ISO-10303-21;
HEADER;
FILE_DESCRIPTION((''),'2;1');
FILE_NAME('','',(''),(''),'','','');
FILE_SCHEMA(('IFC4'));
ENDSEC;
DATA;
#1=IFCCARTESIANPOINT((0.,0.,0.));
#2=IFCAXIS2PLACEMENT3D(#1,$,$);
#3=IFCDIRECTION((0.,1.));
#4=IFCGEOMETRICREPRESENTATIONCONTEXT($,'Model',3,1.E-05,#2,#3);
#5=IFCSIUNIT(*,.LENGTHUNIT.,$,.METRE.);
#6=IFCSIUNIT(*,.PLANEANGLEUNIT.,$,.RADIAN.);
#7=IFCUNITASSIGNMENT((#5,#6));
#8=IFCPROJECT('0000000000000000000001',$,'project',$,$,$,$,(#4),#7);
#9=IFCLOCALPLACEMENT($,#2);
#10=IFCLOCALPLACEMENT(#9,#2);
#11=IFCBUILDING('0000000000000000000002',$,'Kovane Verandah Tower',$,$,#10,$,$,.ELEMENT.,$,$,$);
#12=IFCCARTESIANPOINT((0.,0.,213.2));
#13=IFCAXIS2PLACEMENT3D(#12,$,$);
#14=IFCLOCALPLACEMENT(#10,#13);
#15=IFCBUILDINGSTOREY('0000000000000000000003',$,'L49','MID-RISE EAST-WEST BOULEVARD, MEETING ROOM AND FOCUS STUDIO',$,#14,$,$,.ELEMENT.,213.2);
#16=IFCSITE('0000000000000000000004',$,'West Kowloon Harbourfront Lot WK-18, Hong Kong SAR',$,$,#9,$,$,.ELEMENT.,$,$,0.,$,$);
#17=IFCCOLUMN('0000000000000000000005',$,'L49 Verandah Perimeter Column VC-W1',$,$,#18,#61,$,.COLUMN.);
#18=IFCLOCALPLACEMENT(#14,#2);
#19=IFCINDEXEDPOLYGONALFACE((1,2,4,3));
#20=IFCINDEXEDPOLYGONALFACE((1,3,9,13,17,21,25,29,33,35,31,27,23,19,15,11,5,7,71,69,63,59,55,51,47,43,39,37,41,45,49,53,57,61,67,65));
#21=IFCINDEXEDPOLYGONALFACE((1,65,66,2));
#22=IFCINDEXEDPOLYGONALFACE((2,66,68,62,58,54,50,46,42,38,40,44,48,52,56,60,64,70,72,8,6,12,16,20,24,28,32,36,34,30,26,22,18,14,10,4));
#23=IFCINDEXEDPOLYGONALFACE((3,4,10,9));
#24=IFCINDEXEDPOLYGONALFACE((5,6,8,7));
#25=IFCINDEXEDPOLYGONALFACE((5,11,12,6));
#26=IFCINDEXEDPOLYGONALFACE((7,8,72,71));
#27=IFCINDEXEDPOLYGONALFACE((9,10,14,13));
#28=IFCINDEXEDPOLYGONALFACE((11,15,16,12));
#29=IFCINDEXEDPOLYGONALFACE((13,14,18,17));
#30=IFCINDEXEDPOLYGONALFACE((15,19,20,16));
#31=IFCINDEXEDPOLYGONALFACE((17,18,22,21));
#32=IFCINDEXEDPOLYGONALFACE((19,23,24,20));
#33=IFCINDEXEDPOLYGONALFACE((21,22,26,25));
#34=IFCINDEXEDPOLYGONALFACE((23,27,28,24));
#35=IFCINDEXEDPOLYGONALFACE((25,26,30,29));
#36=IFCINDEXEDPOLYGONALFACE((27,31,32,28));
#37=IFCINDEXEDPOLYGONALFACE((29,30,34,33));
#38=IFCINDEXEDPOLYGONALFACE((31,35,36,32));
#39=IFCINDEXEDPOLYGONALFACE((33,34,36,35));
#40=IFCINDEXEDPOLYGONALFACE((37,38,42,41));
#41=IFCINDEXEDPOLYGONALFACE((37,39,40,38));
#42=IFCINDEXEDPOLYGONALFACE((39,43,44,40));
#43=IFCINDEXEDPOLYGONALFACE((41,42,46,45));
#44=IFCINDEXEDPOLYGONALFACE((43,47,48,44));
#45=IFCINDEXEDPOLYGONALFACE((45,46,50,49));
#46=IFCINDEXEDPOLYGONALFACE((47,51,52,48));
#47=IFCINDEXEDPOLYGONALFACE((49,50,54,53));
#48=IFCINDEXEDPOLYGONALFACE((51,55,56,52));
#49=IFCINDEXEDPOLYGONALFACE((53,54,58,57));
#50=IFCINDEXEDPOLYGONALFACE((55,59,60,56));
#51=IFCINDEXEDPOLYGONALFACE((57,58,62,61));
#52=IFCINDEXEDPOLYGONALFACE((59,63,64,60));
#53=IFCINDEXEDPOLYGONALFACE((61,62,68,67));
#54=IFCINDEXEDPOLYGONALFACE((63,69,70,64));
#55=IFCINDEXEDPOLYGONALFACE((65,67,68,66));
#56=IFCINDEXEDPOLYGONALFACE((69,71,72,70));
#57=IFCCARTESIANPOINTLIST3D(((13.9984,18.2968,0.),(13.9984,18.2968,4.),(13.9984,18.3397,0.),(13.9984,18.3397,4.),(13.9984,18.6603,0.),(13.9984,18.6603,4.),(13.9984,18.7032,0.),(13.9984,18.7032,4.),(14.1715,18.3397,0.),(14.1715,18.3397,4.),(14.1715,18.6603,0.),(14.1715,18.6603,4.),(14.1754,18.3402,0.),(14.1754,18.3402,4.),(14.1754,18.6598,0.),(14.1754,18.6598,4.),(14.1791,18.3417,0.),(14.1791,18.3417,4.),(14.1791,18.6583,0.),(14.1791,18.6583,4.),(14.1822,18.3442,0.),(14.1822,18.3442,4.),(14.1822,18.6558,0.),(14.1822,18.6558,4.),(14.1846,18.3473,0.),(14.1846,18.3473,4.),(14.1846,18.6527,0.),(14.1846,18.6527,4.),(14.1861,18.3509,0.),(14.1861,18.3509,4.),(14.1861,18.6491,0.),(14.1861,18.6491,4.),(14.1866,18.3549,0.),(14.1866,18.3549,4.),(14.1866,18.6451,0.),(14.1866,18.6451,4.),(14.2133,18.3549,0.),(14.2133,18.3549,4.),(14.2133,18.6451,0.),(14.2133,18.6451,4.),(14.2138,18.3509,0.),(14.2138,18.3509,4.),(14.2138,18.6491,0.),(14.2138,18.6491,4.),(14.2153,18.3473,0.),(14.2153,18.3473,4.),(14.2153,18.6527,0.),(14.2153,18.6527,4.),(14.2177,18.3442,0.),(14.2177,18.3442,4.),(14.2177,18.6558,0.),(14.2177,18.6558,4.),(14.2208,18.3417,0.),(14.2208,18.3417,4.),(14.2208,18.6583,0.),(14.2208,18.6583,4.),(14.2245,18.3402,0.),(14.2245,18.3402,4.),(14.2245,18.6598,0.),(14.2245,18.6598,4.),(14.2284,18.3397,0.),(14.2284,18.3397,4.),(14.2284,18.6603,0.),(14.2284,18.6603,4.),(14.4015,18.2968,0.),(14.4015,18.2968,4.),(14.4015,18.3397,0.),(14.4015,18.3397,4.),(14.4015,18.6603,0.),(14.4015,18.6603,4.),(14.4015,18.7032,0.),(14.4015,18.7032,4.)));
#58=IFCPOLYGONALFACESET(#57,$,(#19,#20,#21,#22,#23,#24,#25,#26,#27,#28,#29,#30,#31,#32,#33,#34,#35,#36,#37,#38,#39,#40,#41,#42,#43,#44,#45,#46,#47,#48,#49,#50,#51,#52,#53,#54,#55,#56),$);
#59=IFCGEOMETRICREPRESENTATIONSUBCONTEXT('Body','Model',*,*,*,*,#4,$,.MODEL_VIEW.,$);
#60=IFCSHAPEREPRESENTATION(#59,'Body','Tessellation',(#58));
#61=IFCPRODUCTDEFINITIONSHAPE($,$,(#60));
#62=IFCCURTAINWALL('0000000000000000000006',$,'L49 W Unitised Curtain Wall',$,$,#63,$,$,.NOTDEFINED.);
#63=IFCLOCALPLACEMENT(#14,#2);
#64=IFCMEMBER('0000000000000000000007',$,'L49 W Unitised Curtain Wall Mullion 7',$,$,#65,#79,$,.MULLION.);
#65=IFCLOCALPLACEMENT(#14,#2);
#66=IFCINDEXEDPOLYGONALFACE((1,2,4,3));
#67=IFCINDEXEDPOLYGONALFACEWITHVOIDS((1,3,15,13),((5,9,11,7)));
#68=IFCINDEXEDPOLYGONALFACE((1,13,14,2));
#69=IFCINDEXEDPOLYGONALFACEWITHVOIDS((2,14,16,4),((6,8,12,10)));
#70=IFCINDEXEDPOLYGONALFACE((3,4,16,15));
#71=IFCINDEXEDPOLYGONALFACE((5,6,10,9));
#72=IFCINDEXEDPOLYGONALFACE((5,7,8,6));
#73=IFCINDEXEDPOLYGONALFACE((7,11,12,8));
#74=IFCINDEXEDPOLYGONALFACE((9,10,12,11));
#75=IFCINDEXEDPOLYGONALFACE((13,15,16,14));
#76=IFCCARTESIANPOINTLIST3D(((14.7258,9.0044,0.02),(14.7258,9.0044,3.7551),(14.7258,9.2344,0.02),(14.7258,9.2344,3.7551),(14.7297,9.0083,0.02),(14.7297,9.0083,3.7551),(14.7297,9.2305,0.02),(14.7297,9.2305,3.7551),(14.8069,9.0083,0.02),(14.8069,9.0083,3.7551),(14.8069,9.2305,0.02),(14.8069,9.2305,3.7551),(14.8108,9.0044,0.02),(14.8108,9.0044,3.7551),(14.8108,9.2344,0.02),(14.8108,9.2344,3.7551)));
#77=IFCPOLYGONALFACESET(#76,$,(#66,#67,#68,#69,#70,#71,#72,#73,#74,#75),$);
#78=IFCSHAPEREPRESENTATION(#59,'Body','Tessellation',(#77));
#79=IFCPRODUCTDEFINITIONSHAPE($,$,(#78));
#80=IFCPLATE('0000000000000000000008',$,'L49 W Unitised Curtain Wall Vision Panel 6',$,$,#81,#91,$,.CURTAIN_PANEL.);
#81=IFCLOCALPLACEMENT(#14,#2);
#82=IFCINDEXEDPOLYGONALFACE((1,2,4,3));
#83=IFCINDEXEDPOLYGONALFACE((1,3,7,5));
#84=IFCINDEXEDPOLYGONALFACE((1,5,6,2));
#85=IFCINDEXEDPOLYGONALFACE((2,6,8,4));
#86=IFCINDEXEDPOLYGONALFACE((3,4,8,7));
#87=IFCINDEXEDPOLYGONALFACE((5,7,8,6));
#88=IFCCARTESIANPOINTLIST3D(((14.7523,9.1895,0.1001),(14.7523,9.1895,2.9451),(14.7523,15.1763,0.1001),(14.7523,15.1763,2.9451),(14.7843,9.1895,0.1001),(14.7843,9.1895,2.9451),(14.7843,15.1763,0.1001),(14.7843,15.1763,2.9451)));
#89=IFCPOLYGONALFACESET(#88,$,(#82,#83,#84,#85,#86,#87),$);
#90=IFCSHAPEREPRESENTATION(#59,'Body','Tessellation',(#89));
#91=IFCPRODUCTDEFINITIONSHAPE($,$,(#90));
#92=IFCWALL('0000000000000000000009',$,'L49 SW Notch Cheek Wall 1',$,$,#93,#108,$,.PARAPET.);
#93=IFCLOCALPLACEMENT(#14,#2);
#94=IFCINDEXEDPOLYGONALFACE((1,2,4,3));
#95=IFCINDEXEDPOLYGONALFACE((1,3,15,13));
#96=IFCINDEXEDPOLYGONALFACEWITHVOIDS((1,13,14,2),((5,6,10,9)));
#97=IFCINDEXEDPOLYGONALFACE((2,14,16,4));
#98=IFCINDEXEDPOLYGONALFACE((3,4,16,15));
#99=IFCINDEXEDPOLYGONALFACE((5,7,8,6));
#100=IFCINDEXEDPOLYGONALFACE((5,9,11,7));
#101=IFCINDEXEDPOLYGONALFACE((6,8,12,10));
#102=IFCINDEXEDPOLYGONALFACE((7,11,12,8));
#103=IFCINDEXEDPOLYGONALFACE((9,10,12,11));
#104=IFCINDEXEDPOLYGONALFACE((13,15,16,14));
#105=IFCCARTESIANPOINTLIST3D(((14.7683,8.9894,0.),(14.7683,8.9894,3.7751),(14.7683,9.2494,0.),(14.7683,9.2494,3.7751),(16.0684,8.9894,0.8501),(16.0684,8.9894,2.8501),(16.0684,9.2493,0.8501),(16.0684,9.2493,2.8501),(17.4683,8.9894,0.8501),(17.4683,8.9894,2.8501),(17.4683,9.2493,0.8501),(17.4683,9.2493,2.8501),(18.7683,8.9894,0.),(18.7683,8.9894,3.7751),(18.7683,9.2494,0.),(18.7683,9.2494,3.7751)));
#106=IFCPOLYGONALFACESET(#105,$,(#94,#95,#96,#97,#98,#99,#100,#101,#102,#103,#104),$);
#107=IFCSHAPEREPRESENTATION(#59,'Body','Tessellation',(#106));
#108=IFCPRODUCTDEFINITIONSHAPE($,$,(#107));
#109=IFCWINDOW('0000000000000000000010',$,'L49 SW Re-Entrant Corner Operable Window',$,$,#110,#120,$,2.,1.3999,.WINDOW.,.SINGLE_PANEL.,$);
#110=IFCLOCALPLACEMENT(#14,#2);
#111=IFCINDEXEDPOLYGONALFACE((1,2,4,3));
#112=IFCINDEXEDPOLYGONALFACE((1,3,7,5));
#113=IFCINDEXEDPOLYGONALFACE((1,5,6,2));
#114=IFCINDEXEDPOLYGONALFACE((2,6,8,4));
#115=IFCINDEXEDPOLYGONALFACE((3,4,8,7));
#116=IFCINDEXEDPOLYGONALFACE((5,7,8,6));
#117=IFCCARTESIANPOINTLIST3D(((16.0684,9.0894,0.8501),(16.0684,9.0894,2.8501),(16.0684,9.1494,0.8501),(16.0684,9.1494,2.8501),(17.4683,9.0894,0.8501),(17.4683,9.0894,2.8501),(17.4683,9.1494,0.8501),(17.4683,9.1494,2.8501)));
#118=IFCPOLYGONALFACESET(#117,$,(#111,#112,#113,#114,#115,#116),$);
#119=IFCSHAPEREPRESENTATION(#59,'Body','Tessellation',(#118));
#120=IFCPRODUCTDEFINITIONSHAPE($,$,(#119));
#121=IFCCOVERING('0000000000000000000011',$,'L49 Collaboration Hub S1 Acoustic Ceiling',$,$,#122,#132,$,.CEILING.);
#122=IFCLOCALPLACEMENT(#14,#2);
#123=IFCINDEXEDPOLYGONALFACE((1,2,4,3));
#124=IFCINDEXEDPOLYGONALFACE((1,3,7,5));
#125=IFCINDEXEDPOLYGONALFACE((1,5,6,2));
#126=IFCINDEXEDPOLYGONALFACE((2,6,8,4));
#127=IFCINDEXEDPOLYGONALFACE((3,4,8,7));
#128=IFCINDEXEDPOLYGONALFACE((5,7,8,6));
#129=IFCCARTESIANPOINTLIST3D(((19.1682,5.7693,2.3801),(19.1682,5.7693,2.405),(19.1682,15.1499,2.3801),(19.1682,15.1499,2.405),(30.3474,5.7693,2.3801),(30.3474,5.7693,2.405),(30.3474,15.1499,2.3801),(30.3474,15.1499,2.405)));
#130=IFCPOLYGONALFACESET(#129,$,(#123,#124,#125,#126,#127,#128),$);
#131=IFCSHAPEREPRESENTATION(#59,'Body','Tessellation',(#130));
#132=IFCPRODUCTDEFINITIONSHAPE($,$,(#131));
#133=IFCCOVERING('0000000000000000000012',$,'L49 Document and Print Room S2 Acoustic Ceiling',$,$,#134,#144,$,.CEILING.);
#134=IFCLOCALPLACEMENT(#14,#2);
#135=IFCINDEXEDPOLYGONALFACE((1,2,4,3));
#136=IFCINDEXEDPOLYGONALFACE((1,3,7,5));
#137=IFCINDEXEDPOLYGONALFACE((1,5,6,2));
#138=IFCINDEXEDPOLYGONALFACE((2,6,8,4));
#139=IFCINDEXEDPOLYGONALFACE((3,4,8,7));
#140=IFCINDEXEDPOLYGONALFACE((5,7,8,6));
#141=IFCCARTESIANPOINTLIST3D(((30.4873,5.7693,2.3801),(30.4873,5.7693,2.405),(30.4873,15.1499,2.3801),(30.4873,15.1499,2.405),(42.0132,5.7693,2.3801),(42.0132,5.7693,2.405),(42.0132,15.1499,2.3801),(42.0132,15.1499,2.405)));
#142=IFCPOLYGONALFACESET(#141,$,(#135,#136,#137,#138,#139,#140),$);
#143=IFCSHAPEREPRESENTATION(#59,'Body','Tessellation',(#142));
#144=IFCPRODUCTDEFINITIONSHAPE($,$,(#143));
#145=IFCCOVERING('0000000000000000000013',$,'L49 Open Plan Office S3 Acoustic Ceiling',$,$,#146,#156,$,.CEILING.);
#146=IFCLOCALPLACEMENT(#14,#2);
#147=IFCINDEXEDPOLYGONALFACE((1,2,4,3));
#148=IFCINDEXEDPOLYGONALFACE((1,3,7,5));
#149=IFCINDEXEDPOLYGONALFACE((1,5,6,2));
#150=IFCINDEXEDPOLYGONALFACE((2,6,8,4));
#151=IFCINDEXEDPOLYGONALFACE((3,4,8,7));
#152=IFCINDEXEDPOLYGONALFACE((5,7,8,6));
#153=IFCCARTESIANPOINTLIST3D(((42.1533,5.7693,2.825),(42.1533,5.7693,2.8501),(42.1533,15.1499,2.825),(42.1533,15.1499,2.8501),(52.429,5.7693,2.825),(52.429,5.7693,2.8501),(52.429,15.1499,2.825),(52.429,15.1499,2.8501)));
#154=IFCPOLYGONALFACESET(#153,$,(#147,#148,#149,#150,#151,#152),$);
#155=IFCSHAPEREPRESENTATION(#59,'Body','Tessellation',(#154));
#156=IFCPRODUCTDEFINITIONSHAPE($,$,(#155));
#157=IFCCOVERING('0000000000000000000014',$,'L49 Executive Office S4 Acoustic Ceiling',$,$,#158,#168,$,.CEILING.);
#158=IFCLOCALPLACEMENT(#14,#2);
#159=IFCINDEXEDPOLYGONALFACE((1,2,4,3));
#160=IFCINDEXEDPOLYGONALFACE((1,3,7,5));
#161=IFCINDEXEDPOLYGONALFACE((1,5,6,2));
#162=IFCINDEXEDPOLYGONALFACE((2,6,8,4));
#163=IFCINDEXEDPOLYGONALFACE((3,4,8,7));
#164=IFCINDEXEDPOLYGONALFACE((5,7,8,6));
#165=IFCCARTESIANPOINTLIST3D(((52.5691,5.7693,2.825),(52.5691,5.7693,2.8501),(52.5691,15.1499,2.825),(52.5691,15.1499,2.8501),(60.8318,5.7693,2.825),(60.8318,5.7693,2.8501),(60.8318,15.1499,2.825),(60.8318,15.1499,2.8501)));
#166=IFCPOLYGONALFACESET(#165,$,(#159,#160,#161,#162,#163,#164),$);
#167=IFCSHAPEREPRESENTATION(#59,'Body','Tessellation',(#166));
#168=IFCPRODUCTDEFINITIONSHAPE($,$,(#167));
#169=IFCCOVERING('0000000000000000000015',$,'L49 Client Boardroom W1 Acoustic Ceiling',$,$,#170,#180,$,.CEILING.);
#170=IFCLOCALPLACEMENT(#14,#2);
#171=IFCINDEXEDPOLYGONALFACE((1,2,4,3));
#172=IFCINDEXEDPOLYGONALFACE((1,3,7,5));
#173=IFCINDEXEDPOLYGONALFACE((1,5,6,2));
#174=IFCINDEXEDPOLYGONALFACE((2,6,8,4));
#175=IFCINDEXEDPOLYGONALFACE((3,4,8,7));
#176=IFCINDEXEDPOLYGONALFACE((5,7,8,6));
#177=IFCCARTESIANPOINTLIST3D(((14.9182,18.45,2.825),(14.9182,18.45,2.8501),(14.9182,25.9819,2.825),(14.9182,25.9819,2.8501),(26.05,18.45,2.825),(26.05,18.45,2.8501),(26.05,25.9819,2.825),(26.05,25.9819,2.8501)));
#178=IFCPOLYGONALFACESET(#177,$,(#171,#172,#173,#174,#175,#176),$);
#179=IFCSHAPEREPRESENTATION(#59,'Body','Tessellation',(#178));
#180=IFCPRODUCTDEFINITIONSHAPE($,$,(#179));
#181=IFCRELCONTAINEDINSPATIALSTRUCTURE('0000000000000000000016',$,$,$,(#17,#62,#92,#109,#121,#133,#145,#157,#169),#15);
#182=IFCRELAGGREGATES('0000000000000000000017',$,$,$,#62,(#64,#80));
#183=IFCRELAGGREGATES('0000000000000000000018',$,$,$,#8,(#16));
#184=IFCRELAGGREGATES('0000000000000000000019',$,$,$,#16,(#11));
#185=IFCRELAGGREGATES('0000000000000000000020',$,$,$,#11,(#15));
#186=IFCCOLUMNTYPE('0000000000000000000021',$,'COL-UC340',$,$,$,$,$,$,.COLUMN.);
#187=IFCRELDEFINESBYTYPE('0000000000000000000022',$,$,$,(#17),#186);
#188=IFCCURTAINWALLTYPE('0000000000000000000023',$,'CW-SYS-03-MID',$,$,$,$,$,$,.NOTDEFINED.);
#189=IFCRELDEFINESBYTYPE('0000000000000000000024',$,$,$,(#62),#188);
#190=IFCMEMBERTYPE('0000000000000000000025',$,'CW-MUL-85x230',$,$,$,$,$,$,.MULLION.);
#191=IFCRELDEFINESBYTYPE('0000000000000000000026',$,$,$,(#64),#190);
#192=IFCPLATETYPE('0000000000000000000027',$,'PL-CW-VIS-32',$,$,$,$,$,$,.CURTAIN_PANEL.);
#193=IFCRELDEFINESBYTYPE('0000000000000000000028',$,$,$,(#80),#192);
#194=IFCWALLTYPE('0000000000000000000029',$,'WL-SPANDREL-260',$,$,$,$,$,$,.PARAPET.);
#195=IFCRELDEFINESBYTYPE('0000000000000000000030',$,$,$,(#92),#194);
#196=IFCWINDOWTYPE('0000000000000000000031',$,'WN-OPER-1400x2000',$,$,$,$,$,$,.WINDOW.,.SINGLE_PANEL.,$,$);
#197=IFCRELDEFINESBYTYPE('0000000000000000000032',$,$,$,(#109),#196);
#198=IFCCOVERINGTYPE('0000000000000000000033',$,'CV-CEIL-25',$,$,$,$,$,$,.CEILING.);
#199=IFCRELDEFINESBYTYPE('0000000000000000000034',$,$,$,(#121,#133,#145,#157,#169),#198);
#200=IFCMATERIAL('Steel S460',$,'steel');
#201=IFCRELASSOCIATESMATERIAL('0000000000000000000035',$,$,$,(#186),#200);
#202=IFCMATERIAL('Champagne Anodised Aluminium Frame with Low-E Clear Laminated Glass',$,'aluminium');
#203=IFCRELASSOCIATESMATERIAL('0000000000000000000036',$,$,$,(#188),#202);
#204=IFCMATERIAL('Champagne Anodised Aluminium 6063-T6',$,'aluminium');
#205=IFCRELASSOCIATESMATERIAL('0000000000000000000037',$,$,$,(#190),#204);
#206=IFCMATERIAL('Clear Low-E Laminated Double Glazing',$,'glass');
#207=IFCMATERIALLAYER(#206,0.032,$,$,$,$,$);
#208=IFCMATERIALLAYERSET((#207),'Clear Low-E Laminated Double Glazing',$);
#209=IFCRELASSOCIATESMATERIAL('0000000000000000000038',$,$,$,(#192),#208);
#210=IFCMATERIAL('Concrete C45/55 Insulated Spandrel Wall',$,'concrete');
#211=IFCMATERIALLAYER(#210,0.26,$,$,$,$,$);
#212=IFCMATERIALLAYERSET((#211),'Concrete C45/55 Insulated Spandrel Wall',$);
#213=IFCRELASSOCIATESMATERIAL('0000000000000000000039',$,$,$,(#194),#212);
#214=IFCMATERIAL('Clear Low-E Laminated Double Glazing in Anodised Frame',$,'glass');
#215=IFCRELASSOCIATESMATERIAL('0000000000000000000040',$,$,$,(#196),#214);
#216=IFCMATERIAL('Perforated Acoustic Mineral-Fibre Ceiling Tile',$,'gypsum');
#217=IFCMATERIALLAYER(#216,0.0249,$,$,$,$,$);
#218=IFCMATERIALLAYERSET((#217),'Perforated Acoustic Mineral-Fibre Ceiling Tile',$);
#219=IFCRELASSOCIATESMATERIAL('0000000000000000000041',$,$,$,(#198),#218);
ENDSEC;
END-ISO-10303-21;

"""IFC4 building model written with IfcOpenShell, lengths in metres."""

from ifc_helpers import new_model, si_unit, direction, frame, frame_2d, origin, origin_2d, place, context, subcontext, project, spatial, polyline, rectangle, hollow_rectangle, i_section, outline, extrude, material, layer, layer_set, material_profile, profile_set, type_object, element, fill, aggregate, save


model = new_model("IFC4")

# Units and contexts
model_context = context("Model", 3, precision=1e-05, world=origin(), true_north=direction((0.0, 1.0)))
body_context = subcontext(model_context, "Body", "Model", "MODEL_VIEW")
ifc_project = project(units=[si_unit("LENGTHUNIT", "METRE"), si_unit("PLANEANGLEUNIT", "RADIAN")], contexts=[model_context])

# Site, building, storey
site_placement = place(None, origin())
site = spatial("IfcSite", under=ifc_project, at=site_placement, Name="West Kowloon Harbourfront Lot WK-18, Hong Kong SAR", CompositionType="ELEMENT", RefElevation=0.0)
building_placement = place(site_placement, origin())
building = spatial("IfcBuilding", under=site, at=building_placement, Name="Kovane Verandah Tower", CompositionType="ELEMENT")
storey_placement = place(building_placement, frame((0.0, 0.0, 213.2)))
storey = spatial("IfcBuildingStorey", under=building, at=storey_placement, Name="L49", Description="MID-RISE EAST-WEST BOULEVARD, MEETING ROOM AND FOCUS STUDIO", CompositionType="ELEMENT", Elevation=213.2)

# Column
ifc_material_1 = material(Name="Steel S460", Category="steel")
ifc_material_profile_1 = material_profile(ifc_material_1, i_section(OverallWidth=0.4031, OverallDepth=0.4065, WebThickness=0.0266, FlangeThickness=0.043, FilletRadius=0.0151, at=origin_2d()), Name="UC356x406x340")
ifc_profile_set_1 = profile_set([ifc_material_profile_1], Name="Steel S460")
column_type = type_object("IfcColumnType", Name="COL-UC340", PredefinedType="COLUMN", material=ifc_profile_set_1)
column_placement = place(storey_placement, frame((14.2, 18.5, 0.0), z_axis=(0.0, 0.0, 1.0), x_axis=(1.0, 0.0, 0.0)))
element("IfcColumn", 1, at=column_placement, inside=storey, type_object=column_type, Name="L49 Verandah Perimeter Column VC-W1", PredefinedType="COLUMN", context=body_context, shape_type="SweptSolid", body=[
    extrude(i_section(OverallWidth=0.4031, OverallDepth=0.4065, WebThickness=0.0266, FlangeThickness=0.043, FilletRadius=0.0151, at=origin_2d()), origin(), (0.0, 0.0, 1.0), 4.0),
])

# Curtain wall, member, plate
ifc_material_2 = material(Name="Champagne Anodised Aluminium Frame with Low-E Clear Laminated Glass", Category="aluminium")
curtain_wall_type = type_object("IfcCurtainWallType", Name="CW-SYS-03-MID", PredefinedType="NOTDEFINED", material=ifc_material_2)
curtain_wall_placement = place(storey_placement, origin())
curtain_wall = element("IfcCurtainWall", 2, at=curtain_wall_placement, inside=storey, type_object=curtain_wall_type, Name="L49 W Unitised Curtain Wall", PredefinedType="NOTDEFINED")
ifc_material_3 = material(Name="Champagne Anodised Aluminium 6063-T6", Category="aluminium")
ifc_material_profile_2 = material_profile(ifc_material_3, hollow_rectangle(XDim=0.085, YDim=0.23, WallThickness=0.0039, at=origin_2d()), Name="AL85x230x4")
ifc_profile_set_2 = profile_set([ifc_material_profile_2], Name="Champagne Anodised Aluminium 6063-T6")
member_type = type_object("IfcMemberType", Name="CW-MUL-85x230", PredefinedType="MULLION", material=ifc_profile_set_2)
member_placement = place(storey_placement, frame((14.7683, 9.1194, 0.02), z_axis=(0.0, 0.0, 1.0), x_axis=(-1.0, 0.0, 0.0)))
member = element("IfcMember", 3, at=member_placement, type_object=member_type, Name="L49 W Unitised Curtain Wall Mullion 7", PredefinedType="MULLION", context=body_context, shape_type="SweptSolid", body=[
    extrude(hollow_rectangle(XDim=0.085, YDim=0.23, WallThickness=0.0039, at=origin_2d()), origin(), (0.0, 0.0, 1.0), 3.7351),
])
ifc_material_4 = material(Name="Clear Low-E Laminated Double Glazing", Category="glass")
ifc_layer_1 = layer(ifc_material_4, 0.032)
ifc_layer_set_1 = layer_set([ifc_layer_1], Name="Clear Low-E Laminated Double Glazing")
plate_type = type_object("IfcPlateType", Name="PL-CW-VIS-32", PredefinedType="CURTAIN_PANEL", material=ifc_layer_set_1)
plate_placement = place(storey_placement, frame((14.7683, 12.1829, 0.1001), z_axis=(0.0, 0.0, 1.0), x_axis=(0.0, -1.0, 0.0)))
plate = element("IfcPlate", 4, at=plate_placement, type_object=plate_type, Name="L49 W Unitised Curtain Wall Vision Panel 6", PredefinedType="CURTAIN_PANEL", context=body_context, shape_type="SweptSolid", body=[
    extrude(rectangle(XDim=5.9868, YDim=0.032, at=origin_2d()), origin(), (0.0, 0.0, 1.0), 2.845),
])
aggregate(curtain_wall, [member, plate])

# Wall, opening, window
ifc_material_5 = material(Name="Concrete C45/55 Insulated Spandrel Wall", Category="concrete")
ifc_layer_2 = layer(ifc_material_5, 0.26)
ifc_layer_set_2 = layer_set([ifc_layer_2], Name="Concrete C45/55 Insulated Spandrel Wall")
wall_type = type_object("IfcWallType", Name="WL-SPANDREL-260", PredefinedType="PARAPET", material=ifc_layer_set_2)
wall_placement = place(storey_placement, frame((14.7683, 9.1194, 0.0), z_axis=(0.0, 0.0, 1.0), x_axis=(1.0, 0.0, 0.0)))
wall = element("IfcWall", 5, at=wall_placement, inside=storey, type_object=wall_type, Name="L49 SW Notch Cheek Wall 1", PredefinedType="PARAPET", context=body_context, shape_type="SweptSolid", body=[
    extrude(rectangle(XDim=4.0, YDim=0.26, at=frame_2d((2.0, 0.0))), origin(), (0.0, 0.0, 1.0), 3.7751),
])
opening_placement = place(wall_placement, frame((1.3, 0.0, 0.8501)))
opening = element("IfcOpeningElement", 6, at=opening_placement, cuts=wall, PredefinedType="OPENING", context=body_context, shape_type="SweptSolid", body=[
    extrude(rectangle(XDim=1.3999, YDim=2.0, at=frame_2d((0.7, 1.0))), frame((0.0, 0.1299, 0.0), z_axis=(0.0, -1.0, 0.0), x_axis=(1.0, 0.0, 0.0)), (0.0, 0.0, 1.0), 0.26),
])
ifc_material_6 = material(Name="Clear Low-E Laminated Double Glazing in Anodised Frame", Category="glass")
window_type = type_object("IfcWindowType", Name="WN-OPER-1400x2000", PartitioningType="SINGLE_PANEL", PredefinedType="WINDOW", material=ifc_material_6)
window_placement = place(opening_placement, origin())
window = element("IfcWindow", 7, at=window_placement, inside=storey, type_object=window_type, Name="L49 SW Re-Entrant Corner Operable Window", OverallHeight=2.0, OverallWidth=1.3999, PartitioningType="SINGLE_PANEL", PredefinedType="WINDOW", context=body_context, shape_type="SweptSolid", body=[
    extrude(rectangle(XDim=1.3999, YDim=2.0, at=frame_2d((0.7, 1.0))), frame((0.0, 0.03, 0.0), z_axis=(0.0, -1.0, 0.0), x_axis=(1.0, 0.0, 0.0)), (0.0, 0.0, 1.0), 0.0601),
])
fill(opening, window)

# Coverings
ifc_material_7 = material(Name="Perforated Acoustic Mineral-Fibre Ceiling Tile", Category="gypsum")
ifc_layer_3 = layer(ifc_material_7, 0.0249)
ifc_layer_set_3 = layer_set([ifc_layer_3], Name="Perforated Acoustic Mineral-Fibre Ceiling Tile")
covering_type_1 = type_object("IfcCoveringType", Name="CV-CEIL-25", PredefinedType="CEILING", material=ifc_layer_set_3)
covering_1_placement = place(storey_placement, frame((0.0, 0.0, 2.3801)))
element("IfcCovering", 8, at=covering_1_placement, inside=storey, type_object=covering_type_1, Name="L49 Collaboration Hub S1 Acoustic Ceiling", PredefinedType="CEILING", context=body_context, shape_type="SweptSolid", body=[
    extrude(outline(polyline([(19.1682, 5.7693), (30.3474, 5.7693), (30.3474, 15.1499), (19.1682, 15.1499), (19.1682, 5.7693)])), origin(), (0.0, 0.0, 1.0), 0.0249),
])
covering_2_placement = place(storey_placement, frame((0.0, 0.0, 2.3801)))
element("IfcCovering", 9, at=covering_2_placement, inside=storey, type_object=covering_type_1, Name="L49 Document and Print Room S2 Acoustic Ceiling", PredefinedType="CEILING", context=body_context, shape_type="SweptSolid", body=[
    extrude(outline(polyline([(30.4873, 5.7693), (42.0132, 5.7693), (42.0132, 15.1499), (30.4873, 15.1499), (30.4873, 5.7693)])), origin(), (0.0, 0.0, 1.0), 0.0249),
])
covering_3_placement = place(storey_placement, frame((0.0, 0.0, 2.825)))
element("IfcCovering", 10, at=covering_3_placement, inside=storey, type_object=covering_type_1, Name="L49 Open Plan Office S3 Acoustic Ceiling", PredefinedType="CEILING", context=body_context, shape_type="SweptSolid", body=[
    extrude(outline(polyline([(42.1533, 5.7693), (52.429, 5.7693), (52.429, 15.1499), (42.1533, 15.1499), (42.1533, 5.7693)])), origin(), (0.0, 0.0, 1.0), 0.0251),
])
covering_4_placement = place(storey_placement, frame((0.0, 0.0, 2.825)))
element("IfcCovering", 11, at=covering_4_placement, inside=storey, type_object=covering_type_1, Name="L49 Executive Office S4 Acoustic Ceiling", PredefinedType="CEILING", context=body_context, shape_type="SweptSolid", body=[
    extrude(outline(polyline([(52.5691, 5.7693), (60.8318, 5.7693), (60.8318, 15.1499), (52.5691, 15.1499), (52.5691, 5.7693)])), origin(), (0.0, 0.0, 1.0), 0.0251),
])
covering_5_placement = place(storey_placement, frame((0.0, 0.0, 2.825)))
element("IfcCovering", 12, at=covering_5_placement, inside=storey, type_object=covering_type_1, Name="L49 Client Boardroom W1 Acoustic Ceiling", PredefinedType="CEILING", context=body_context, shape_type="SweptSolid", body=[
    extrude(outline(polyline([(14.9182, 18.45), (26.05, 18.45), (26.05, 25.9819), (14.9182, 25.9819), (14.9182, 18.45)])), origin(), (0.0, 0.0, 1.0), 0.0251),
])

save(model, "model.ifc")
